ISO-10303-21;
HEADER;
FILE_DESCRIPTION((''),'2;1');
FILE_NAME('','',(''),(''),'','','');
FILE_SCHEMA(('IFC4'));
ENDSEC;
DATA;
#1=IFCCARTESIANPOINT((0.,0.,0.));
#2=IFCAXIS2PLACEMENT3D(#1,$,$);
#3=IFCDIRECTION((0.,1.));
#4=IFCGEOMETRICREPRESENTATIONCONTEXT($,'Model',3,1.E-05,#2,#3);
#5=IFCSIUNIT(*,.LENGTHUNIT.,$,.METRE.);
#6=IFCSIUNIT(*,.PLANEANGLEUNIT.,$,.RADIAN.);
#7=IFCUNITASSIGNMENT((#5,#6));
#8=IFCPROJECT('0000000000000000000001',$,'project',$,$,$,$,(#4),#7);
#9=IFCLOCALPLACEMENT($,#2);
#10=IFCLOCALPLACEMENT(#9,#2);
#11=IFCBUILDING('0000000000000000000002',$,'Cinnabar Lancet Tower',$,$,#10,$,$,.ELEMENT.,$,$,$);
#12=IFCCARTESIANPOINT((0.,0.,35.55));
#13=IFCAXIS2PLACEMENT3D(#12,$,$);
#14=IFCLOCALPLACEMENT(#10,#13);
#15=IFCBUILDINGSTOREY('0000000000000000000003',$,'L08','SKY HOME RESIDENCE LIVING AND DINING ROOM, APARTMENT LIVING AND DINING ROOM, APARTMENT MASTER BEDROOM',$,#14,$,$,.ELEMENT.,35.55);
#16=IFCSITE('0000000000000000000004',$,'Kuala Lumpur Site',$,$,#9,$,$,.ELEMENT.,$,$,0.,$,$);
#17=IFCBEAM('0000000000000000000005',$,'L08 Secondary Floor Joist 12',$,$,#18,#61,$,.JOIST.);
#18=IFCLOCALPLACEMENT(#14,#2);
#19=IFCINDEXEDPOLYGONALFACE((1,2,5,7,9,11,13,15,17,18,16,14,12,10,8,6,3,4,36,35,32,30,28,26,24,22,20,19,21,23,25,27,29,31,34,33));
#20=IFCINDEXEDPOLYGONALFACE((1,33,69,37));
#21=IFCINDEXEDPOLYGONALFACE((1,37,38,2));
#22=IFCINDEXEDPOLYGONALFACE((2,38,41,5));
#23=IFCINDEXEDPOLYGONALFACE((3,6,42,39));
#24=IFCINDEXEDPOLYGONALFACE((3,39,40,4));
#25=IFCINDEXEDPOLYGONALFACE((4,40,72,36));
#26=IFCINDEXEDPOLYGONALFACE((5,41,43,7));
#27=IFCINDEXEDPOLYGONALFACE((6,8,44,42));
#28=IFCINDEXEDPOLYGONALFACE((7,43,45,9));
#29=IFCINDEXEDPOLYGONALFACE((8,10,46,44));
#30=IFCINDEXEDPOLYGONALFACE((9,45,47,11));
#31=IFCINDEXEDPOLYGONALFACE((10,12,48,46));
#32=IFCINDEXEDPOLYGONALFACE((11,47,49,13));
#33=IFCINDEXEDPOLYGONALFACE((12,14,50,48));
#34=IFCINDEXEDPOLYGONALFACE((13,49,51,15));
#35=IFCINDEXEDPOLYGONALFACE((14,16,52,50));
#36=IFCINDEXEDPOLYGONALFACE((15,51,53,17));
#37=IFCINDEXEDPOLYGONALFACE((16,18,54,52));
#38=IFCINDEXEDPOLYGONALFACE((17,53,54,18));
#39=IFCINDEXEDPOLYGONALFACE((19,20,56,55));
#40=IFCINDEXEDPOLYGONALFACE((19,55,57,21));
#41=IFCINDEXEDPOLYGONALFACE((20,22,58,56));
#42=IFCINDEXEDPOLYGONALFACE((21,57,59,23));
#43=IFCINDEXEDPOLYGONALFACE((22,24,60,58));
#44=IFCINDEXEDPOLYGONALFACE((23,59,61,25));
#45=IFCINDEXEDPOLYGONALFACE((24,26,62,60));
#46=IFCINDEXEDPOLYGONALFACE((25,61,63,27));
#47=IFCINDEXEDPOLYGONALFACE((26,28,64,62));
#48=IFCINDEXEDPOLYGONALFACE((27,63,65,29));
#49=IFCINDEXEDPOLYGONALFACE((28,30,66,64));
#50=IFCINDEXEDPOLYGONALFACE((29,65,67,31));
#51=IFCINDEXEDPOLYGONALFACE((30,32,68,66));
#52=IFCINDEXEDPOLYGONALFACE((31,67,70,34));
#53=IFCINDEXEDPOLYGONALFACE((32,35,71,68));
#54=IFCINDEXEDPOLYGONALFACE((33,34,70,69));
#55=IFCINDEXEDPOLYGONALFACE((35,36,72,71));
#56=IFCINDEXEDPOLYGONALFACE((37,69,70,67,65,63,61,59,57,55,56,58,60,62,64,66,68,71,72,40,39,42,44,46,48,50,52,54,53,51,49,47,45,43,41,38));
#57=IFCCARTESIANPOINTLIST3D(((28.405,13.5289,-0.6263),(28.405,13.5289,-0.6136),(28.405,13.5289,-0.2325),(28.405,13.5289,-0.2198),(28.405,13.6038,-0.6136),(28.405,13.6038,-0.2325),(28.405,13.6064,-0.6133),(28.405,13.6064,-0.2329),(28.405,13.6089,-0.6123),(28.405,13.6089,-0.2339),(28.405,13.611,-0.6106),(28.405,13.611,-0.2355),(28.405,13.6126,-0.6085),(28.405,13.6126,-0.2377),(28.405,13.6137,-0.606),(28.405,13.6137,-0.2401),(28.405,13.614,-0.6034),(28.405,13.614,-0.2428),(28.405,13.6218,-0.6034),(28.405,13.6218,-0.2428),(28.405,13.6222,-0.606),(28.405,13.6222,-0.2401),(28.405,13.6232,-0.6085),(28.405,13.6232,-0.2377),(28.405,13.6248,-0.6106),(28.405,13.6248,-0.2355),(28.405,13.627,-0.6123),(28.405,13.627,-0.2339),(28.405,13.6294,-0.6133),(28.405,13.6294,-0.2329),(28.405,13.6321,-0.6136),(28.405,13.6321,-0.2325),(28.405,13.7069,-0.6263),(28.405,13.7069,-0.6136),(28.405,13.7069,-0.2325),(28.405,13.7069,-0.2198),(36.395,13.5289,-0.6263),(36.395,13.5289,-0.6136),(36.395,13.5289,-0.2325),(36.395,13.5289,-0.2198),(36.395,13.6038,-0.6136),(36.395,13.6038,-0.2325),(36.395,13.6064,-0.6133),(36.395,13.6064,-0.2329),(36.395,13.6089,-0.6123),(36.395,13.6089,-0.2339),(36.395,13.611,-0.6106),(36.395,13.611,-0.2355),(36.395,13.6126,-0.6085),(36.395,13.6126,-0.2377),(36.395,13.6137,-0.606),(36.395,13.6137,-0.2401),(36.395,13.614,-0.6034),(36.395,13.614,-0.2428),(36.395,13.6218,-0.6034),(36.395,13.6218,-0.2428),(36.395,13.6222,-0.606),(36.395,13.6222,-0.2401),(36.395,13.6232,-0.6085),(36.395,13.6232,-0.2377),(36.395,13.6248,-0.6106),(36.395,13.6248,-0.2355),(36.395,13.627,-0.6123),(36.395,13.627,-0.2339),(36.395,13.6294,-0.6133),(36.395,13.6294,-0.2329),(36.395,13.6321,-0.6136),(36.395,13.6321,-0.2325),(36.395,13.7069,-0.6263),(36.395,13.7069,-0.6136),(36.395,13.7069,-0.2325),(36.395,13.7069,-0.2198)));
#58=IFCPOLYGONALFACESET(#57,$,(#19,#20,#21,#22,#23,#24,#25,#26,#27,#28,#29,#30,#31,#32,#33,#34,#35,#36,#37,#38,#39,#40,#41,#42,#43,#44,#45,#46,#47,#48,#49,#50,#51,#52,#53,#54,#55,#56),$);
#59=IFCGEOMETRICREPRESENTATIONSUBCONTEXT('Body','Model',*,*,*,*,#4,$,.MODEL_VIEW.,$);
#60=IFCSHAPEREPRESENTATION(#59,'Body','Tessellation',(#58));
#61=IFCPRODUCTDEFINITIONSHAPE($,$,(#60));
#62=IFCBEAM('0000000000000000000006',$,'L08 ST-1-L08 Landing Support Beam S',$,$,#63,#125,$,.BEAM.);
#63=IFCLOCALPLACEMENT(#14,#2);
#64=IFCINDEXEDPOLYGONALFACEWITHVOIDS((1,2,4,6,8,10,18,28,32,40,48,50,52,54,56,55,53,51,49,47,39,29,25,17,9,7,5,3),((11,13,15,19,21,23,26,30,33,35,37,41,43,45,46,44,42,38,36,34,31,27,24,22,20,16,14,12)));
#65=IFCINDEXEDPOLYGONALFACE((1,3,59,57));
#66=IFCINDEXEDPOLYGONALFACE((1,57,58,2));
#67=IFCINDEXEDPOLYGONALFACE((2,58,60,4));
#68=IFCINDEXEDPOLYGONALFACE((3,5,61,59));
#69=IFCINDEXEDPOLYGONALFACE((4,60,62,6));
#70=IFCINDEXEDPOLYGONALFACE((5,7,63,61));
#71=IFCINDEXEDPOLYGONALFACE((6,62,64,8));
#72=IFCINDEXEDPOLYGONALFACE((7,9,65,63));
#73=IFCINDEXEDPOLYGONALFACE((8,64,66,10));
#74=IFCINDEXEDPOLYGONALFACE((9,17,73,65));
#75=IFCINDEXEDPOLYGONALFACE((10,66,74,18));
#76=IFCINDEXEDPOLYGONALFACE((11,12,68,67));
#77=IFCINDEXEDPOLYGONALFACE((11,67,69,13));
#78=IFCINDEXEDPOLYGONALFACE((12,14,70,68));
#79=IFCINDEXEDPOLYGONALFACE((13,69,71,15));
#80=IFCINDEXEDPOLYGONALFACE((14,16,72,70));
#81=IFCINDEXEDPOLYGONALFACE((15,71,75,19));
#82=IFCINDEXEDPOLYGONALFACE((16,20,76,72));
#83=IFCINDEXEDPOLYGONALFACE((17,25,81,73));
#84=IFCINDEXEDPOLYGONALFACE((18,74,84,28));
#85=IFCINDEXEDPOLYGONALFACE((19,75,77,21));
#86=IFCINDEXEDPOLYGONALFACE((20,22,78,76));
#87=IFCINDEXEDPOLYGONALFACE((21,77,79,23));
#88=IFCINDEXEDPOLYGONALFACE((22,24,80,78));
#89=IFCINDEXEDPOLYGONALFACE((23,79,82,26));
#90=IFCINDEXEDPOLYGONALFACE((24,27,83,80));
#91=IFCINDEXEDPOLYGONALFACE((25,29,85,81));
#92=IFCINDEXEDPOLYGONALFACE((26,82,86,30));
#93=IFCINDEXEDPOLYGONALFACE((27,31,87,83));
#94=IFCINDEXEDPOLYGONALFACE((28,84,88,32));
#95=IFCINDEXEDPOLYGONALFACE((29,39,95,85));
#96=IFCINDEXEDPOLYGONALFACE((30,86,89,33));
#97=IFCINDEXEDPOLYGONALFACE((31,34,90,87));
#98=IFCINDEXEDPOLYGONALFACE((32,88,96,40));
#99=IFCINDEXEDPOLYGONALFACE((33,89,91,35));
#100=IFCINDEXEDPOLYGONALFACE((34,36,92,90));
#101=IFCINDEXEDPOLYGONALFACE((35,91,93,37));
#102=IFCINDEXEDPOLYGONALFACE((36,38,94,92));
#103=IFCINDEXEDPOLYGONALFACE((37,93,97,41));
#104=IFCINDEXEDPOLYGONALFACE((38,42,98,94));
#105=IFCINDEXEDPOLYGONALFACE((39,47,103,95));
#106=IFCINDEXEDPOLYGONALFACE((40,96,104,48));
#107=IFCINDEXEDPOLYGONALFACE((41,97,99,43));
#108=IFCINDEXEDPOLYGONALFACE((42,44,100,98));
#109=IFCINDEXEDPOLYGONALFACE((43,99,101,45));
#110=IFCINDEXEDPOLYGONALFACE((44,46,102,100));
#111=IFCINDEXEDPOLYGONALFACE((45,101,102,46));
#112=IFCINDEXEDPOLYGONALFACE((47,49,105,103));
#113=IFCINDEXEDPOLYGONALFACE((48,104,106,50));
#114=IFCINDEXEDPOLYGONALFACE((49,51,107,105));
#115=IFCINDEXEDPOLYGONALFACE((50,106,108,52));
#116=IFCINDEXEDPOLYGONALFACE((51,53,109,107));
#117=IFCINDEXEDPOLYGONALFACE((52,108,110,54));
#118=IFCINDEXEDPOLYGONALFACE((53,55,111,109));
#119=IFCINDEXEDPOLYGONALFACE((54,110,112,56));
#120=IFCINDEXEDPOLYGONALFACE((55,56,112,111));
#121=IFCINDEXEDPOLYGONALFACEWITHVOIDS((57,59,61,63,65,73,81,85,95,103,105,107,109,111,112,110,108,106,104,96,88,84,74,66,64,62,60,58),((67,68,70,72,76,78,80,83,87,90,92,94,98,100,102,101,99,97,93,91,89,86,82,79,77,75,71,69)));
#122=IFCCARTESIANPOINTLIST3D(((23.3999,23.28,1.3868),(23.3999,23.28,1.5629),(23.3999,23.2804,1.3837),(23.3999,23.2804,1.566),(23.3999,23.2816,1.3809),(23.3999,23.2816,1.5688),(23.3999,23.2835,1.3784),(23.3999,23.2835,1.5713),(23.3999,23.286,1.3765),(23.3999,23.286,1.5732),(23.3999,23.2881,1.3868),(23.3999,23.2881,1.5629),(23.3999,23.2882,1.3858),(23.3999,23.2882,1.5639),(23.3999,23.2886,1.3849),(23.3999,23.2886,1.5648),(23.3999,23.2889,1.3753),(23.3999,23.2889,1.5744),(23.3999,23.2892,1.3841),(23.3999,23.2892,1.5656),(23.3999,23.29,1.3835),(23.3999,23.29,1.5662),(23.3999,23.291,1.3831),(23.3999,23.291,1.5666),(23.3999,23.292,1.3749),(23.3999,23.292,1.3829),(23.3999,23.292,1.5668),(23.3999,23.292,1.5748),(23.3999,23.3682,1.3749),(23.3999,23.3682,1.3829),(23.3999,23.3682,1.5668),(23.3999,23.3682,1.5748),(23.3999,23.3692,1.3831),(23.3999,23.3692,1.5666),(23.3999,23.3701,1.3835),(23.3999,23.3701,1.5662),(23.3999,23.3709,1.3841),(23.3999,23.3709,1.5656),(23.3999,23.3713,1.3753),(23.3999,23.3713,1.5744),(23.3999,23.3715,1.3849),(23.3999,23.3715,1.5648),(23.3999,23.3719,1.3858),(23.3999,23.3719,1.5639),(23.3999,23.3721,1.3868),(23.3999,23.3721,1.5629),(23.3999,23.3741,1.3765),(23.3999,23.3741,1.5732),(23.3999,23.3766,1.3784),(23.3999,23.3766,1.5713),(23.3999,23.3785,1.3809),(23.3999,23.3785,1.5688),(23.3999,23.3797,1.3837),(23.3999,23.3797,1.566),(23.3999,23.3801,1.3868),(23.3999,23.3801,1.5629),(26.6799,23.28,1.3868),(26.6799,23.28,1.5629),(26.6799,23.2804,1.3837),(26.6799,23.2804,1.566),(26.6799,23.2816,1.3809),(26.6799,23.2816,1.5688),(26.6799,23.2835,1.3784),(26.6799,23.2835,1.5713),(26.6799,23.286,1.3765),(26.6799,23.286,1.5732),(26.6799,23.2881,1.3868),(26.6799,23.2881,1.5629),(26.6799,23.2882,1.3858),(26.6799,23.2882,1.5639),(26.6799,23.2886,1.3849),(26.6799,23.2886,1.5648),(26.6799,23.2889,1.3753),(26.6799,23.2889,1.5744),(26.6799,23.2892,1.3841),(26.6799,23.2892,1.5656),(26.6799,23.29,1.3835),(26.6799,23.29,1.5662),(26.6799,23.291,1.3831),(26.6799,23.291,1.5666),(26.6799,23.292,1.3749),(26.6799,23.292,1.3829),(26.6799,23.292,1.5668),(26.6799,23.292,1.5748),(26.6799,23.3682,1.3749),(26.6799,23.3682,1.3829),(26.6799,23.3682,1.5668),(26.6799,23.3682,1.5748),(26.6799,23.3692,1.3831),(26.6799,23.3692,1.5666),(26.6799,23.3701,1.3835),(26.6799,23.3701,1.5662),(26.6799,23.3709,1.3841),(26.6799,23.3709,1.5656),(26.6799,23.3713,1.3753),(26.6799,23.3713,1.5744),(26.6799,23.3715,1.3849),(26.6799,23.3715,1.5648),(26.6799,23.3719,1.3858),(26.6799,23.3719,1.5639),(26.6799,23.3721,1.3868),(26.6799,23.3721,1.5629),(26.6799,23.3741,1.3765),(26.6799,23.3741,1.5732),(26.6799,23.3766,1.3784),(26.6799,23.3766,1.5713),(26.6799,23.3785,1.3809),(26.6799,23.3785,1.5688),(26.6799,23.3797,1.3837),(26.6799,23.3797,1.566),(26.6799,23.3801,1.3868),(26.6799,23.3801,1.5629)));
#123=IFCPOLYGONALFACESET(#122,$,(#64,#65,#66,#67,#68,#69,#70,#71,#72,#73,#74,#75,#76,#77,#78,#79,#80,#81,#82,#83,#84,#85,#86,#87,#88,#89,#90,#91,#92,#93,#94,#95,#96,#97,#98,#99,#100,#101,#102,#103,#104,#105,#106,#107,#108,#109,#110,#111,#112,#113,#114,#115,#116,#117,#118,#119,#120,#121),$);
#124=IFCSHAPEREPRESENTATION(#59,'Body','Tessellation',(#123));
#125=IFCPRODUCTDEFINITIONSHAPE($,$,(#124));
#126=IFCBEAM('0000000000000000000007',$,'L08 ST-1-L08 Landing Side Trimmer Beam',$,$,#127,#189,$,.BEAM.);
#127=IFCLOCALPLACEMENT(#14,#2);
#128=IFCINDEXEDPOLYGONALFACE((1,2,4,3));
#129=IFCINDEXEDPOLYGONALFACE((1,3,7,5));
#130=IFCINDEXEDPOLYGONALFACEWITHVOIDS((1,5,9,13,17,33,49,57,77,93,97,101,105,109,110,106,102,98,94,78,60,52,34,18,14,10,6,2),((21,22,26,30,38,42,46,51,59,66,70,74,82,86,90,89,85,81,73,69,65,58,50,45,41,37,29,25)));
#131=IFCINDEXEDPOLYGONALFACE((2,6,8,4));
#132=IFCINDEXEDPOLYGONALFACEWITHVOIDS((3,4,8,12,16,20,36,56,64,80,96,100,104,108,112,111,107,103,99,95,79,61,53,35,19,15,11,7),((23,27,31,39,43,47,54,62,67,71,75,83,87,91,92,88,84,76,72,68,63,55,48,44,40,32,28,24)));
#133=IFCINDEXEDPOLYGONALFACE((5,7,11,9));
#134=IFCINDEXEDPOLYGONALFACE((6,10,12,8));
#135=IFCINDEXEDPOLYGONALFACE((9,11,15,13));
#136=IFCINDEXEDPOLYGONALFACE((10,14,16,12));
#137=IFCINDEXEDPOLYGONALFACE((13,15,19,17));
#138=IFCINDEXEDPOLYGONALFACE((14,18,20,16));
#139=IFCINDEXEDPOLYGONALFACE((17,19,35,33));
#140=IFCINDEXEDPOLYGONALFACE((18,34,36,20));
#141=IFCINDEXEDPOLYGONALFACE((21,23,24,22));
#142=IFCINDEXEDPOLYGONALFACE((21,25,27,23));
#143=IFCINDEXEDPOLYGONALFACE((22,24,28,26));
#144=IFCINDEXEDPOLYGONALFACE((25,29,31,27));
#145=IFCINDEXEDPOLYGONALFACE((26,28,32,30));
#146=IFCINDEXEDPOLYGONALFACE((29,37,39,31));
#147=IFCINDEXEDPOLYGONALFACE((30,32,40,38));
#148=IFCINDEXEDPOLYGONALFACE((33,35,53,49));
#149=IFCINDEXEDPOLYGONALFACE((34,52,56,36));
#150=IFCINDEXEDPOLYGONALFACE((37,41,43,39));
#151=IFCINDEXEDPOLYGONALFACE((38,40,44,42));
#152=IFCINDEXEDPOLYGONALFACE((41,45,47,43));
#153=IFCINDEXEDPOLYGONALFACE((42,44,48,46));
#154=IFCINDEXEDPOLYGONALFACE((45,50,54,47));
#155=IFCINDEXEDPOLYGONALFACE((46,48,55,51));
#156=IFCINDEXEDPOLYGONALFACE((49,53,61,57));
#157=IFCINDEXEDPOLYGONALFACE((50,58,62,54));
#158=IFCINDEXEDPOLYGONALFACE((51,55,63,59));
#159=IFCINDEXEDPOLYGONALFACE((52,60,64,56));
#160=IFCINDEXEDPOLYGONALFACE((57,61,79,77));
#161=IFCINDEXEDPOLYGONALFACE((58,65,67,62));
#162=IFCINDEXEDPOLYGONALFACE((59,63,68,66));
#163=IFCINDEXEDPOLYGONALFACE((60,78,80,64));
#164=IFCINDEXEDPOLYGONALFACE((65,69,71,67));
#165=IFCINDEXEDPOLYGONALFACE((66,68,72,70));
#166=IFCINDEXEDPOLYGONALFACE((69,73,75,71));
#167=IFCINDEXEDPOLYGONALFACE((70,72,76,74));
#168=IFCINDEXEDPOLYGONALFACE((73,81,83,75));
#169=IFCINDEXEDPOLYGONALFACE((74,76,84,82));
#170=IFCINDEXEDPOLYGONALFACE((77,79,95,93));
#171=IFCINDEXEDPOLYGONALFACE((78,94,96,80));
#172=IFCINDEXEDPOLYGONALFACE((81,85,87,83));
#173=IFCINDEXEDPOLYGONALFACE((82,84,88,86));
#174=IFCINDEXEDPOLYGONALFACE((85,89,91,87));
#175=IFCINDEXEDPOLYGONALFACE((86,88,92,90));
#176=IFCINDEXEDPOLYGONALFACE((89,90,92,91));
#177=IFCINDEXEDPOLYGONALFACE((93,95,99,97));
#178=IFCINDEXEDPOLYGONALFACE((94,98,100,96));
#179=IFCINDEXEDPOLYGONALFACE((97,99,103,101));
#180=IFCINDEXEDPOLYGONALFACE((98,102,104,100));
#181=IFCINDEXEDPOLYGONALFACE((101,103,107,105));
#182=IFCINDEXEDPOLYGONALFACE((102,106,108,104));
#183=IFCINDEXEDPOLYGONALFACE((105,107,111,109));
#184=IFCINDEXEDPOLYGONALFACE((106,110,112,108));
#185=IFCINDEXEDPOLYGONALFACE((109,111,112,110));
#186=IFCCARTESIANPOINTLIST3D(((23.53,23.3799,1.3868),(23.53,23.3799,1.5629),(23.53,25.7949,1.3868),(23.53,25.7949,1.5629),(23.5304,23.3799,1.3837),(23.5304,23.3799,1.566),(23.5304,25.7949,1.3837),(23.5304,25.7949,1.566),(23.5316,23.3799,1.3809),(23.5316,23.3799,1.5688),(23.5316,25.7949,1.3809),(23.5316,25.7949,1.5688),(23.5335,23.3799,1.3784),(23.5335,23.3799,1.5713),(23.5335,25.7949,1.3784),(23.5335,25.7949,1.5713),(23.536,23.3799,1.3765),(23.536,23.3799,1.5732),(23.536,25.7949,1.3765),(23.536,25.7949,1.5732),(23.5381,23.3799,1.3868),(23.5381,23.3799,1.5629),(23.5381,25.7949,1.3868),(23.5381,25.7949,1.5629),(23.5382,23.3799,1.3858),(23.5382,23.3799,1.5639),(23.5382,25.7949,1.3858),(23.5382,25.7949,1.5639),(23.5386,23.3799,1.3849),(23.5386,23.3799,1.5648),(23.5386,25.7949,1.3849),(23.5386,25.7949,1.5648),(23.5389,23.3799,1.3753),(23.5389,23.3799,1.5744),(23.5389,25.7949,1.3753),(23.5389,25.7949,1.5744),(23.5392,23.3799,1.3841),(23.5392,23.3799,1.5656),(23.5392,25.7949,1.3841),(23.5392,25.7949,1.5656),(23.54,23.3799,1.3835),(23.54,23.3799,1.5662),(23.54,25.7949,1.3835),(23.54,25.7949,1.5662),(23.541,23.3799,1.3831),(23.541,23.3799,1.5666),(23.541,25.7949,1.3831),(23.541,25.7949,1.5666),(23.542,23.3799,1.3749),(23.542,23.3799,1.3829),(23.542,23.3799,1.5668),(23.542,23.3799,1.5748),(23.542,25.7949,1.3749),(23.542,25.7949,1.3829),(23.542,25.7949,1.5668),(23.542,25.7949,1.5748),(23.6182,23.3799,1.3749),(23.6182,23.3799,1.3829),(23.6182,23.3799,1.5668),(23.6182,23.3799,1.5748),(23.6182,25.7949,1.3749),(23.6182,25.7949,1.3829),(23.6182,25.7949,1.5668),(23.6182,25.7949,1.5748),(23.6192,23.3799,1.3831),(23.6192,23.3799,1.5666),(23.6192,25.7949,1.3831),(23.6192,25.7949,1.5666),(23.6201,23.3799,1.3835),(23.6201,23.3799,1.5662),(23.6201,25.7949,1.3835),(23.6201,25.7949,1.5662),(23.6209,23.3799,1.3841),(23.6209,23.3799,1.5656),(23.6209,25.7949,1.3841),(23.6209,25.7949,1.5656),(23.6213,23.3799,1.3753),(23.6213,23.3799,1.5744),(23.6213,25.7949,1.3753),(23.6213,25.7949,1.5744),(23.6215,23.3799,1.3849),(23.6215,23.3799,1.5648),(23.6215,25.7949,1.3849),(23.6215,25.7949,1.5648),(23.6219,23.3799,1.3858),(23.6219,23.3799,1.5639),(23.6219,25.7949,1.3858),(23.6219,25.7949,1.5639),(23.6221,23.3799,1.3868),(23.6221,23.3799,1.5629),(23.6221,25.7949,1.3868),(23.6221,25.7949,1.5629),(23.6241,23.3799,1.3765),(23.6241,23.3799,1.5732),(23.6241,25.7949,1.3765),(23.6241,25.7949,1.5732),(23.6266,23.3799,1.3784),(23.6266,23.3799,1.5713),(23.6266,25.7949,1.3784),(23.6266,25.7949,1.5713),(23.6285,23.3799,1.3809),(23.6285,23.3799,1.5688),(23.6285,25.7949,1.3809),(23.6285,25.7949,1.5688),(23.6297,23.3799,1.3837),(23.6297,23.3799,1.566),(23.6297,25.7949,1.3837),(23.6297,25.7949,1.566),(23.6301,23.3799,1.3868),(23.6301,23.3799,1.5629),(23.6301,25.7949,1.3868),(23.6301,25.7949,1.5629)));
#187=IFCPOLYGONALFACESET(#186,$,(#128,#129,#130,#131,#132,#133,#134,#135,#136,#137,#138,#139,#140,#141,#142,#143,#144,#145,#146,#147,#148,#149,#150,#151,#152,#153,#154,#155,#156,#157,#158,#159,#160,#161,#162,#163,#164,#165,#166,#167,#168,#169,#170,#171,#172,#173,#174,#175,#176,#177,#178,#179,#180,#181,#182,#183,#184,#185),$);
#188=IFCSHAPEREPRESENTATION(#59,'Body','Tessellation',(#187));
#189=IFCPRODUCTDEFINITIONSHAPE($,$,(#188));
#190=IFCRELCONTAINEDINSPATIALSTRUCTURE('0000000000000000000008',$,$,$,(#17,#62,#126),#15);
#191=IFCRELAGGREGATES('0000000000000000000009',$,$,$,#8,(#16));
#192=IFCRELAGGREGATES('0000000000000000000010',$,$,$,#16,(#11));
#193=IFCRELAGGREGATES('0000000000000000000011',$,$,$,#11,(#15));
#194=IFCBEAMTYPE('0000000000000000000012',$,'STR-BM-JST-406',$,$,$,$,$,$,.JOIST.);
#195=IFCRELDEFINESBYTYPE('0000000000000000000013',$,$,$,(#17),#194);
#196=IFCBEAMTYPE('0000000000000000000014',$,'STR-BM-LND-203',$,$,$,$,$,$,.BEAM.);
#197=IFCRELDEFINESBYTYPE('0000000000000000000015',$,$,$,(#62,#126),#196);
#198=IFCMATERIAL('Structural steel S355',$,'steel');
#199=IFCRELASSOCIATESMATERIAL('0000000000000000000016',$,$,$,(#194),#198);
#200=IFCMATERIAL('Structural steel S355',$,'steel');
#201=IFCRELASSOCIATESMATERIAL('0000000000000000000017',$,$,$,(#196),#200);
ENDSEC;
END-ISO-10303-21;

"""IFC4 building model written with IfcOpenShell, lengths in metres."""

from ifc_helpers import new_model, si_unit, direction, frame, origin, origin_2d, place, context, subcontext, project, spatial, hollow_rectangle, i_section, extrude, material, material_profile, profile_set, type_object, element, save


model = new_model("IFC4")

# Units and contexts
model_context = context("Model", 3, precision=1e-05, world=origin(), true_north=direction((0.0, 1.0)))
body_context = subcontext(model_context, "Body", "Model", "MODEL_VIEW")
ifc_project = project(units=[si_unit("LENGTHUNIT", "METRE"), si_unit("PLANEANGLEUNIT", "RADIAN")], contexts=[model_context])

# Site, building, storey
site_placement = place(None, origin())
site = spatial("IfcSite", under=ifc_project, at=site_placement, Name="Kuala Lumpur Site", CompositionType="ELEMENT", RefElevation=0.0)
building_placement = place(site_placement, origin())
building = spatial("IfcBuilding", under=site, at=building_placement, Name="Cinnabar Lancet Tower", CompositionType="ELEMENT")
storey_placement = place(building_placement, frame((0.0, 0.0, 35.55)))
storey = spatial("IfcBuildingStorey", under=building, at=storey_placement, Name="L08", Description="SKY HOME RESIDENCE LIVING AND DINING ROOM, APARTMENT LIVING AND DINING ROOM, APARTMENT MASTER BEDROOM", CompositionType="ELEMENT", Elevation=35.55)

# Beams
ifc_material_1 = material(Name="Structural steel S355", Category="steel")
ifc_material_profile_1 = material_profile(ifc_material_1, i_section(OverallWidth=0.178, OverallDepth=0.4065, WebThickness=0.0078, FlangeThickness=0.0127, FilletRadius=0.0103, at=origin_2d()), Name="UKB 406x178x60")
ifc_profile_set_1 = profile_set([ifc_material_profile_1], Name="Structural steel S355")
beam_type_1 = type_object("IfcBeamType", Name="STR-BM-JST-406", PredefinedType="JOIST", material=ifc_profile_set_1)
beam_1_placement = place(storey_placement, frame((28.405, 13.6179, -0.4231), z_axis=(1.0, 0.0, 0.0), x_axis=(0.0, 1.0, 0.0)))
element("IfcBeam", 1, at=beam_1_placement, inside=storey, type_object=beam_type_1, Name="L08 Secondary Floor Joist 12", PredefinedType="JOIST", context=body_context, shape_type="SweptSolid", body=[
    extrude(i_section(OverallWidth=0.178, OverallDepth=0.4065, WebThickness=0.0078, FlangeThickness=0.0127, FilletRadius=0.0103, at=origin_2d()), origin(), (0.0, 0.0, 1.0), 7.99),
])
ifc_material_2 = material(Name="Structural steel S355", Category="steel")
ifc_material_profile_2 = material_profile(ifc_material_2, hollow_rectangle(XDim=0.1001, YDim=0.2, WallThickness=0.0081, InnerFilletRadius=0.0039, OuterFilletRadius=0.012, at=origin_2d()), Name="RHS 200x100x8")
ifc_profile_set_2 = profile_set([ifc_material_profile_2], Name="Structural steel S355")
beam_type_2 = type_object("IfcBeamType", Name="STR-BM-LND-203", PredefinedType="BEAM", material=ifc_profile_set_2)
beam_2_placement = place(storey_placement, frame((23.3999, 23.3301, 1.4749), z_axis=(1.0, 0.0, 0.0), x_axis=(0.0, 1.0, 0.0)))
element("IfcBeam", 2, at=beam_2_placement, inside=storey, type_object=beam_type_2, Name="L08 ST-1-L08 Landing Support Beam S", PredefinedType="BEAM", context=body_context, shape_type="SweptSolid", body=[
    extrude(hollow_rectangle(XDim=0.1001, YDim=0.2, WallThickness=0.0081, InnerFilletRadius=0.0039, OuterFilletRadius=0.012, at=origin_2d()), origin(), (0.0, 0.0, 1.0), 3.28),
])
beam_3_placement = place(storey_placement, frame((23.5801, 23.3799, 1.4749), z_axis=(0.0, 1.0, 0.0), x_axis=(-1.0, 0.0, 0.0)))
element("IfcBeam", 3, at=beam_3_placement, inside=storey, type_object=beam_type_2, Name="L08 ST-1-L08 Landing Side Trimmer Beam", PredefinedType="BEAM", context=body_context, shape_type="SweptSolid", body=[
    extrude(hollow_rectangle(XDim=0.1001, YDim=0.2, WallThickness=0.0081, InnerFilletRadius=0.0039, OuterFilletRadius=0.012, at=origin_2d()), origin(), (0.0, 0.0, 1.0), 2.415),
])

save(model, "model.ifc")
